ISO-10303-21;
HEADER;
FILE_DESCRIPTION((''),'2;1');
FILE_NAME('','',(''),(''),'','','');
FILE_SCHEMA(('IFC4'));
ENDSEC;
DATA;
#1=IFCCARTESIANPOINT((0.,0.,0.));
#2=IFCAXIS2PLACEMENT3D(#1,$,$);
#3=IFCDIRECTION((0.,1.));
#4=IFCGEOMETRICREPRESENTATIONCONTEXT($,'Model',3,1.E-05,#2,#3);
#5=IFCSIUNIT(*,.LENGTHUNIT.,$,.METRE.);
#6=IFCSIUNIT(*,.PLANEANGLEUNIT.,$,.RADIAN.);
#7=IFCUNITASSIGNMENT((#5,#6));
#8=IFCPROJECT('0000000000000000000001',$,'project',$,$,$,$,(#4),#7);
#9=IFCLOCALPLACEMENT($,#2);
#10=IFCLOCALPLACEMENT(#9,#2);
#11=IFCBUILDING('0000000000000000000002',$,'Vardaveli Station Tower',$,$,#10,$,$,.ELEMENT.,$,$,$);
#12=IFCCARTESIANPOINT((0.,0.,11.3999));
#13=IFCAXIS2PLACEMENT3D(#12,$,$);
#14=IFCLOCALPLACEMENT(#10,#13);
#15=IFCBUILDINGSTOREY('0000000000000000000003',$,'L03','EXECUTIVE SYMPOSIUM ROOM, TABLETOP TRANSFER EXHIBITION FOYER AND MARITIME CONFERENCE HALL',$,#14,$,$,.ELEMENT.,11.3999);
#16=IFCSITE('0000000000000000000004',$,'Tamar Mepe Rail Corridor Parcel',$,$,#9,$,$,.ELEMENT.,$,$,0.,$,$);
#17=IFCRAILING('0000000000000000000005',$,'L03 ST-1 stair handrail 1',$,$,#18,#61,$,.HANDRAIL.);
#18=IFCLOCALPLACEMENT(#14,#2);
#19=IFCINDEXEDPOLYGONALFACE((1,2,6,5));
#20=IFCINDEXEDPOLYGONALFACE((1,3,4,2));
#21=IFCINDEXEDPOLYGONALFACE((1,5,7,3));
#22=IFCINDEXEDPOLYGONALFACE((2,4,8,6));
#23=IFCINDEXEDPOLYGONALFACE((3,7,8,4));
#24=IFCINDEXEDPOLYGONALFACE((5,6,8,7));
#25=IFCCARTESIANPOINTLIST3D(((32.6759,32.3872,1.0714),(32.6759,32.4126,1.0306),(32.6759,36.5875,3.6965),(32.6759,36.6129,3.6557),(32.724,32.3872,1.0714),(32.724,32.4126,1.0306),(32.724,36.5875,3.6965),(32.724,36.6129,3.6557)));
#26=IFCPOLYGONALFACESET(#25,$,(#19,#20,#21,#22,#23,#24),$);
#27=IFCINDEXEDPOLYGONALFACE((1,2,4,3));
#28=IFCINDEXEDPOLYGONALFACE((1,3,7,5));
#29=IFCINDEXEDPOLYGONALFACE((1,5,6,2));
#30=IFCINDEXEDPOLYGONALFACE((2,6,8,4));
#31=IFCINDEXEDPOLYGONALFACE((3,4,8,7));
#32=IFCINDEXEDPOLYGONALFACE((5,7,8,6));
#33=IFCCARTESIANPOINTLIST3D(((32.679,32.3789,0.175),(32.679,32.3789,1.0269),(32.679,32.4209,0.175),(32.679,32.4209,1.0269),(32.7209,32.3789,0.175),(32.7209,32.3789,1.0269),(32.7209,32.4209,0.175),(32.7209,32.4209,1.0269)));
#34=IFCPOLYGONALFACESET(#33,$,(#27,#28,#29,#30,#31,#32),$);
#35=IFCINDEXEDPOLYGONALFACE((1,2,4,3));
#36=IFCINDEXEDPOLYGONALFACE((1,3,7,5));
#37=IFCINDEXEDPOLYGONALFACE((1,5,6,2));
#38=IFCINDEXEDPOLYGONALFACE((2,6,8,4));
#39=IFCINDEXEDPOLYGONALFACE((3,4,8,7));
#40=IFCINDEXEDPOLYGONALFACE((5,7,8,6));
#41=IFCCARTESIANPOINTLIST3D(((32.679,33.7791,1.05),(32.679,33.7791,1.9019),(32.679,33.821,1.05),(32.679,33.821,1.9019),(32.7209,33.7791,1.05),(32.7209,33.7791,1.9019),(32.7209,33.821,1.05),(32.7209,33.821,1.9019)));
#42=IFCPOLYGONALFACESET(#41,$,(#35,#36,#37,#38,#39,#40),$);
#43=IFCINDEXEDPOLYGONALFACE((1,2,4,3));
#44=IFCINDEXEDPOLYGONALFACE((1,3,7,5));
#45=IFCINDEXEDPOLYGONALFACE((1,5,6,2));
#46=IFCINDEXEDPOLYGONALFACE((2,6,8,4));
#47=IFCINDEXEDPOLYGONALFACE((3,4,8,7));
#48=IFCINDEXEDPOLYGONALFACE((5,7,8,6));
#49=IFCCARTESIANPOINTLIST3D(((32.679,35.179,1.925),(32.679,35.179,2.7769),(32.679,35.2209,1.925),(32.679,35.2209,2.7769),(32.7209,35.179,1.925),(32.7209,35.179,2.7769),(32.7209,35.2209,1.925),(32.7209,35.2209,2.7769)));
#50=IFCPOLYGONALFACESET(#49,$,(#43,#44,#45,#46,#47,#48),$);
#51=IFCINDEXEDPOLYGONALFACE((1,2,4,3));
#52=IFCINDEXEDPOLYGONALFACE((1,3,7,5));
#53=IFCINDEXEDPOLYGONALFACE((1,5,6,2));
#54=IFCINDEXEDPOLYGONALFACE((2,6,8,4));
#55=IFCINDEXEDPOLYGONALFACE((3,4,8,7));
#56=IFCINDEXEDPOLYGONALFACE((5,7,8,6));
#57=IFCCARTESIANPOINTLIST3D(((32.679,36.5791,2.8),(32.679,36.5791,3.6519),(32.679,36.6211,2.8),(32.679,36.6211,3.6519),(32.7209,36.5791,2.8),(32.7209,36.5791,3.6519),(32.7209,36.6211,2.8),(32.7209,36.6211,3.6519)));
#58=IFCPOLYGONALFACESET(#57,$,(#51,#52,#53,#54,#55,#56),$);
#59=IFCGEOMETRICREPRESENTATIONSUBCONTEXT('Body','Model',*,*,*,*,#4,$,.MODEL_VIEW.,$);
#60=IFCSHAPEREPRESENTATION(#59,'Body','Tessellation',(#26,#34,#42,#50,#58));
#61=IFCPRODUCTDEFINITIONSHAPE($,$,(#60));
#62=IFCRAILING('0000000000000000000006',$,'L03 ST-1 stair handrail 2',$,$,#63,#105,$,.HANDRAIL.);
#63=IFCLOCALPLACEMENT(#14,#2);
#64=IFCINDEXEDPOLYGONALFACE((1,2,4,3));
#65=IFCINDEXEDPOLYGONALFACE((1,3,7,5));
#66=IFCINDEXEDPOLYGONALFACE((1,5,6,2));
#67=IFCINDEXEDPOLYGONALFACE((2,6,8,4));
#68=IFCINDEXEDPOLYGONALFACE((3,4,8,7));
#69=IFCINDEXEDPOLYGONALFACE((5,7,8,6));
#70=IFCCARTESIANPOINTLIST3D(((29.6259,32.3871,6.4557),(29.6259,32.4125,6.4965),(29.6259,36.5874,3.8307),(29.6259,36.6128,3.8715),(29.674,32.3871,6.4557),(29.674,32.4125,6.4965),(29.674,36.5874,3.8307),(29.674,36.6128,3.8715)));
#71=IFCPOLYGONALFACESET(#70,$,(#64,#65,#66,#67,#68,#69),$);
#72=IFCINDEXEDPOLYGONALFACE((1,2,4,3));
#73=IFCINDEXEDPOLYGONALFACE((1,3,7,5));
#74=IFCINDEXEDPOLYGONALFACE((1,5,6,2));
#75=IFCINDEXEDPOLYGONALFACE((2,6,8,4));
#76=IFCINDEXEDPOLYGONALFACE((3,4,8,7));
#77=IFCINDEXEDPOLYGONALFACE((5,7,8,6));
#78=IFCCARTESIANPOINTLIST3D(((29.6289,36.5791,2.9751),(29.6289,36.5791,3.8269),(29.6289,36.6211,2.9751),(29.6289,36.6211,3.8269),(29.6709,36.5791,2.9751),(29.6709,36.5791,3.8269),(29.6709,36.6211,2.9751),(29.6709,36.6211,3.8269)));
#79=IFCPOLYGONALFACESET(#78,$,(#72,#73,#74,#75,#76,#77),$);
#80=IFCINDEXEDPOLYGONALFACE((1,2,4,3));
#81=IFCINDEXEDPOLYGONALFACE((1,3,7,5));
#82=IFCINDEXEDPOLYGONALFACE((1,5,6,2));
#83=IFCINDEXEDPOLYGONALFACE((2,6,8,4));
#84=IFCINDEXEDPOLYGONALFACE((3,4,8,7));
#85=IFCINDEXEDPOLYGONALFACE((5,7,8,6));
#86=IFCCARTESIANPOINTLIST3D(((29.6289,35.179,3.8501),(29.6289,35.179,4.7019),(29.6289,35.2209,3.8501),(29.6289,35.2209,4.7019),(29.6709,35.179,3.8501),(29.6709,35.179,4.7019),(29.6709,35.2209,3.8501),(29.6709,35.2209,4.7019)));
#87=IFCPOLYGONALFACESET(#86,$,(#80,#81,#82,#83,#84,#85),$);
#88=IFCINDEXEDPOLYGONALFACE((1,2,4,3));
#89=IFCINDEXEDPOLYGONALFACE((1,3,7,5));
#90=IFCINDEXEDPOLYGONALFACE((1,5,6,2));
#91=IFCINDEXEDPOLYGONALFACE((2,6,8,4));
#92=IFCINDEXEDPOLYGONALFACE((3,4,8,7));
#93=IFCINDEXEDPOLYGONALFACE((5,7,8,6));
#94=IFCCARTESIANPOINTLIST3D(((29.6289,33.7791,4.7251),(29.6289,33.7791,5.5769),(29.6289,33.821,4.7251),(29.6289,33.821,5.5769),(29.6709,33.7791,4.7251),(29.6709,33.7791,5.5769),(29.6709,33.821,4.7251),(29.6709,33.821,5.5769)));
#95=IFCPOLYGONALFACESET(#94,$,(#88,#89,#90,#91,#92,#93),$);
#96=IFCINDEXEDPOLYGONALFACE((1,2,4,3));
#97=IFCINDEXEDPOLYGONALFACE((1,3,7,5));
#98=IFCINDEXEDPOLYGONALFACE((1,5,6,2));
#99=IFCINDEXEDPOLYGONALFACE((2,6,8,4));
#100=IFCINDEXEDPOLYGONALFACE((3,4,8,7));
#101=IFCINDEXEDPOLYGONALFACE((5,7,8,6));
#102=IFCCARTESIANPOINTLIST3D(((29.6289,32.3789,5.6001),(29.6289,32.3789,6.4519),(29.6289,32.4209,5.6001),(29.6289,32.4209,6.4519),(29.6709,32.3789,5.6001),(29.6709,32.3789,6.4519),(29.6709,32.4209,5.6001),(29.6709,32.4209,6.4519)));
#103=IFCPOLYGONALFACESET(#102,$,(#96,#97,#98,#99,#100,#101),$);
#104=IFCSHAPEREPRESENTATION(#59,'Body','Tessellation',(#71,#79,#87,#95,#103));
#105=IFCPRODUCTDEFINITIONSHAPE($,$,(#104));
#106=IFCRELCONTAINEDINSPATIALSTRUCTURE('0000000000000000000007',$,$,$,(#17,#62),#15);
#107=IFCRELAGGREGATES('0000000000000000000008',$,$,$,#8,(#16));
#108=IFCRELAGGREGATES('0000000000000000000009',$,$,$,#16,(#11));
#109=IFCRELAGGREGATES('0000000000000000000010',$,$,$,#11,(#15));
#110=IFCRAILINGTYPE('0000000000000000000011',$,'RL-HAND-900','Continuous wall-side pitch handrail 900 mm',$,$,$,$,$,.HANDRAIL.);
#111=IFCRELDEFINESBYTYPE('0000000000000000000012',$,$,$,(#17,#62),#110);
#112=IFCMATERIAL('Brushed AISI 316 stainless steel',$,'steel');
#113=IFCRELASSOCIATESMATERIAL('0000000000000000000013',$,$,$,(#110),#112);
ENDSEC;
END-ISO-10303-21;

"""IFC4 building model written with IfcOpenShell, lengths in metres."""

from ifc_helpers import new_model, si_unit, direction, frame, origin, origin_2d, place, context, subcontext, project, spatial, rectangle, extrude, source, transform, mapped, material, type_object, element, save


model = new_model("IFC4")

# Units and contexts
model_context = context("Model", 3, precision=1e-05, world=origin(), true_north=direction((0.0, 1.0)))
body_context = subcontext(model_context, "Body", "Model", "MODEL_VIEW")
ifc_project = project(units=[si_unit("LENGTHUNIT", "METRE"), si_unit("PLANEANGLEUNIT", "RADIAN")], contexts=[model_context])

# Site, building, storey
site_placement = place(None, origin())
site = spatial("IfcSite", under=ifc_project, at=site_placement, Name="Tamar Mepe Rail Corridor Parcel", CompositionType="ELEMENT", RefElevation=0.0)
building_placement = place(site_placement, origin())
building = spatial("IfcBuilding", under=site, at=building_placement, Name="Vardaveli Station Tower", CompositionType="ELEMENT")
storey_placement = place(building_placement, frame((0.0, 0.0, 11.3999)))
storey = spatial("IfcBuildingStorey", under=building, at=storey_placement, Name="L03", Description="EXECUTIVE SYMPOSIUM ROOM, TABLETOP TRANSFER EXHIBITION FOYER AND MARITIME CONFERENCE HALL", CompositionType="ELEMENT", Elevation=11.3999)

# Railings
ifc_material_1 = material(Name="Brushed AISI 316 stainless steel", Category="steel")
railing_type_1 = type_object("IfcRailingType", Name="RL-HAND-900", Description="Continuous wall-side pitch handrail 900 mm", PredefinedType="HANDRAIL", material=ifc_material_1)
shared_shape_1 = source(origin(), body_context, "Body", "SweptSolid", [
    extrude(rectangle(XDim=0.0481, YDim=0.0481, at=origin_2d()), frame((0.0, 0.0, 0.876), z_axis=(0.0, 0.848009, 0.529981), x_axis=(-1.0, 0.0, 0.0)), (0.0, 0.0, 1.0), 4.9531),
    extrude(rectangle(XDim=0.042, YDim=0.042, at=origin_2d()), origin(), (0.0, 0.0, 1.0), 0.8518),
    extrude(rectangle(XDim=0.042, YDim=0.042, at=origin_2d()), frame((0.0, 1.4001, 0.875)), (0.0, 0.0, 1.0), 0.8518),
    extrude(rectangle(XDim=0.042, YDim=0.042, at=origin_2d()), frame((0.0, 2.8, 1.75)), (0.0, 0.0, 1.0), 0.8518),
    extrude(rectangle(XDim=0.042, YDim=0.042, at=origin_2d()), frame((0.0, 4.2002, 2.625)), (0.0, 0.0, 1.0), 0.8518),
])
railing_1_placement = place(storey_placement, frame((32.7, 32.3999, 0.175)))
element("IfcRailing", 1, at=railing_1_placement, inside=storey, type_object=railing_type_1, Name="L03 ST-1 stair handrail 1", PredefinedType="HANDRAIL", context=body_context, shape_type="MappedRepresentation", body=[
    mapped(shared_shape_1, transform((0.0, 0.0, 0.0), scale=1.0)),
])
shared_shape_2 = source(origin(), body_context, "Body", "SweptSolid", [
    extrude(rectangle(XDim=0.0481, YDim=0.0481, at=origin_2d()), frame((0.0, 0.0, 0.876), z_axis=(0.0, -0.848009, 0.529981), x_axis=(1.0, 0.0, 0.0)), (0.0, 0.0, 1.0), 4.9531),
    extrude(rectangle(XDim=0.042, YDim=0.042, at=origin_2d()), origin(), (0.0, 0.0, 1.0), 0.8518),
    extrude(rectangle(XDim=0.042, YDim=0.042, at=origin_2d()), frame((0.0, -1.4001, 0.875)), (0.0, 0.0, 1.0), 0.8518),
    extrude(rectangle(XDim=0.042, YDim=0.042, at=origin_2d()), frame((0.0, -2.8, 1.75)), (0.0, 0.0, 1.0), 0.8518),
    extrude(rectangle(XDim=0.042, YDim=0.042, at=origin_2d()), frame((0.0, -4.2002, 2.625)), (0.0, 0.0, 1.0), 0.8518),
])
railing_2_placement = place(storey_placement, frame((29.6499, 36.6001, 2.9751)))
element("IfcRailing", 2, at=railing_2_placement, inside=storey, type_object=railing_type_1, Name="L03 ST-1 stair handrail 2", PredefinedType="HANDRAIL", context=body_context, shape_type="MappedRepresentation", body=[
    mapped(shared_shape_2, transform((0.0, 0.0, 0.0), scale=1.0)),
])

save(model, "model.ifc")
